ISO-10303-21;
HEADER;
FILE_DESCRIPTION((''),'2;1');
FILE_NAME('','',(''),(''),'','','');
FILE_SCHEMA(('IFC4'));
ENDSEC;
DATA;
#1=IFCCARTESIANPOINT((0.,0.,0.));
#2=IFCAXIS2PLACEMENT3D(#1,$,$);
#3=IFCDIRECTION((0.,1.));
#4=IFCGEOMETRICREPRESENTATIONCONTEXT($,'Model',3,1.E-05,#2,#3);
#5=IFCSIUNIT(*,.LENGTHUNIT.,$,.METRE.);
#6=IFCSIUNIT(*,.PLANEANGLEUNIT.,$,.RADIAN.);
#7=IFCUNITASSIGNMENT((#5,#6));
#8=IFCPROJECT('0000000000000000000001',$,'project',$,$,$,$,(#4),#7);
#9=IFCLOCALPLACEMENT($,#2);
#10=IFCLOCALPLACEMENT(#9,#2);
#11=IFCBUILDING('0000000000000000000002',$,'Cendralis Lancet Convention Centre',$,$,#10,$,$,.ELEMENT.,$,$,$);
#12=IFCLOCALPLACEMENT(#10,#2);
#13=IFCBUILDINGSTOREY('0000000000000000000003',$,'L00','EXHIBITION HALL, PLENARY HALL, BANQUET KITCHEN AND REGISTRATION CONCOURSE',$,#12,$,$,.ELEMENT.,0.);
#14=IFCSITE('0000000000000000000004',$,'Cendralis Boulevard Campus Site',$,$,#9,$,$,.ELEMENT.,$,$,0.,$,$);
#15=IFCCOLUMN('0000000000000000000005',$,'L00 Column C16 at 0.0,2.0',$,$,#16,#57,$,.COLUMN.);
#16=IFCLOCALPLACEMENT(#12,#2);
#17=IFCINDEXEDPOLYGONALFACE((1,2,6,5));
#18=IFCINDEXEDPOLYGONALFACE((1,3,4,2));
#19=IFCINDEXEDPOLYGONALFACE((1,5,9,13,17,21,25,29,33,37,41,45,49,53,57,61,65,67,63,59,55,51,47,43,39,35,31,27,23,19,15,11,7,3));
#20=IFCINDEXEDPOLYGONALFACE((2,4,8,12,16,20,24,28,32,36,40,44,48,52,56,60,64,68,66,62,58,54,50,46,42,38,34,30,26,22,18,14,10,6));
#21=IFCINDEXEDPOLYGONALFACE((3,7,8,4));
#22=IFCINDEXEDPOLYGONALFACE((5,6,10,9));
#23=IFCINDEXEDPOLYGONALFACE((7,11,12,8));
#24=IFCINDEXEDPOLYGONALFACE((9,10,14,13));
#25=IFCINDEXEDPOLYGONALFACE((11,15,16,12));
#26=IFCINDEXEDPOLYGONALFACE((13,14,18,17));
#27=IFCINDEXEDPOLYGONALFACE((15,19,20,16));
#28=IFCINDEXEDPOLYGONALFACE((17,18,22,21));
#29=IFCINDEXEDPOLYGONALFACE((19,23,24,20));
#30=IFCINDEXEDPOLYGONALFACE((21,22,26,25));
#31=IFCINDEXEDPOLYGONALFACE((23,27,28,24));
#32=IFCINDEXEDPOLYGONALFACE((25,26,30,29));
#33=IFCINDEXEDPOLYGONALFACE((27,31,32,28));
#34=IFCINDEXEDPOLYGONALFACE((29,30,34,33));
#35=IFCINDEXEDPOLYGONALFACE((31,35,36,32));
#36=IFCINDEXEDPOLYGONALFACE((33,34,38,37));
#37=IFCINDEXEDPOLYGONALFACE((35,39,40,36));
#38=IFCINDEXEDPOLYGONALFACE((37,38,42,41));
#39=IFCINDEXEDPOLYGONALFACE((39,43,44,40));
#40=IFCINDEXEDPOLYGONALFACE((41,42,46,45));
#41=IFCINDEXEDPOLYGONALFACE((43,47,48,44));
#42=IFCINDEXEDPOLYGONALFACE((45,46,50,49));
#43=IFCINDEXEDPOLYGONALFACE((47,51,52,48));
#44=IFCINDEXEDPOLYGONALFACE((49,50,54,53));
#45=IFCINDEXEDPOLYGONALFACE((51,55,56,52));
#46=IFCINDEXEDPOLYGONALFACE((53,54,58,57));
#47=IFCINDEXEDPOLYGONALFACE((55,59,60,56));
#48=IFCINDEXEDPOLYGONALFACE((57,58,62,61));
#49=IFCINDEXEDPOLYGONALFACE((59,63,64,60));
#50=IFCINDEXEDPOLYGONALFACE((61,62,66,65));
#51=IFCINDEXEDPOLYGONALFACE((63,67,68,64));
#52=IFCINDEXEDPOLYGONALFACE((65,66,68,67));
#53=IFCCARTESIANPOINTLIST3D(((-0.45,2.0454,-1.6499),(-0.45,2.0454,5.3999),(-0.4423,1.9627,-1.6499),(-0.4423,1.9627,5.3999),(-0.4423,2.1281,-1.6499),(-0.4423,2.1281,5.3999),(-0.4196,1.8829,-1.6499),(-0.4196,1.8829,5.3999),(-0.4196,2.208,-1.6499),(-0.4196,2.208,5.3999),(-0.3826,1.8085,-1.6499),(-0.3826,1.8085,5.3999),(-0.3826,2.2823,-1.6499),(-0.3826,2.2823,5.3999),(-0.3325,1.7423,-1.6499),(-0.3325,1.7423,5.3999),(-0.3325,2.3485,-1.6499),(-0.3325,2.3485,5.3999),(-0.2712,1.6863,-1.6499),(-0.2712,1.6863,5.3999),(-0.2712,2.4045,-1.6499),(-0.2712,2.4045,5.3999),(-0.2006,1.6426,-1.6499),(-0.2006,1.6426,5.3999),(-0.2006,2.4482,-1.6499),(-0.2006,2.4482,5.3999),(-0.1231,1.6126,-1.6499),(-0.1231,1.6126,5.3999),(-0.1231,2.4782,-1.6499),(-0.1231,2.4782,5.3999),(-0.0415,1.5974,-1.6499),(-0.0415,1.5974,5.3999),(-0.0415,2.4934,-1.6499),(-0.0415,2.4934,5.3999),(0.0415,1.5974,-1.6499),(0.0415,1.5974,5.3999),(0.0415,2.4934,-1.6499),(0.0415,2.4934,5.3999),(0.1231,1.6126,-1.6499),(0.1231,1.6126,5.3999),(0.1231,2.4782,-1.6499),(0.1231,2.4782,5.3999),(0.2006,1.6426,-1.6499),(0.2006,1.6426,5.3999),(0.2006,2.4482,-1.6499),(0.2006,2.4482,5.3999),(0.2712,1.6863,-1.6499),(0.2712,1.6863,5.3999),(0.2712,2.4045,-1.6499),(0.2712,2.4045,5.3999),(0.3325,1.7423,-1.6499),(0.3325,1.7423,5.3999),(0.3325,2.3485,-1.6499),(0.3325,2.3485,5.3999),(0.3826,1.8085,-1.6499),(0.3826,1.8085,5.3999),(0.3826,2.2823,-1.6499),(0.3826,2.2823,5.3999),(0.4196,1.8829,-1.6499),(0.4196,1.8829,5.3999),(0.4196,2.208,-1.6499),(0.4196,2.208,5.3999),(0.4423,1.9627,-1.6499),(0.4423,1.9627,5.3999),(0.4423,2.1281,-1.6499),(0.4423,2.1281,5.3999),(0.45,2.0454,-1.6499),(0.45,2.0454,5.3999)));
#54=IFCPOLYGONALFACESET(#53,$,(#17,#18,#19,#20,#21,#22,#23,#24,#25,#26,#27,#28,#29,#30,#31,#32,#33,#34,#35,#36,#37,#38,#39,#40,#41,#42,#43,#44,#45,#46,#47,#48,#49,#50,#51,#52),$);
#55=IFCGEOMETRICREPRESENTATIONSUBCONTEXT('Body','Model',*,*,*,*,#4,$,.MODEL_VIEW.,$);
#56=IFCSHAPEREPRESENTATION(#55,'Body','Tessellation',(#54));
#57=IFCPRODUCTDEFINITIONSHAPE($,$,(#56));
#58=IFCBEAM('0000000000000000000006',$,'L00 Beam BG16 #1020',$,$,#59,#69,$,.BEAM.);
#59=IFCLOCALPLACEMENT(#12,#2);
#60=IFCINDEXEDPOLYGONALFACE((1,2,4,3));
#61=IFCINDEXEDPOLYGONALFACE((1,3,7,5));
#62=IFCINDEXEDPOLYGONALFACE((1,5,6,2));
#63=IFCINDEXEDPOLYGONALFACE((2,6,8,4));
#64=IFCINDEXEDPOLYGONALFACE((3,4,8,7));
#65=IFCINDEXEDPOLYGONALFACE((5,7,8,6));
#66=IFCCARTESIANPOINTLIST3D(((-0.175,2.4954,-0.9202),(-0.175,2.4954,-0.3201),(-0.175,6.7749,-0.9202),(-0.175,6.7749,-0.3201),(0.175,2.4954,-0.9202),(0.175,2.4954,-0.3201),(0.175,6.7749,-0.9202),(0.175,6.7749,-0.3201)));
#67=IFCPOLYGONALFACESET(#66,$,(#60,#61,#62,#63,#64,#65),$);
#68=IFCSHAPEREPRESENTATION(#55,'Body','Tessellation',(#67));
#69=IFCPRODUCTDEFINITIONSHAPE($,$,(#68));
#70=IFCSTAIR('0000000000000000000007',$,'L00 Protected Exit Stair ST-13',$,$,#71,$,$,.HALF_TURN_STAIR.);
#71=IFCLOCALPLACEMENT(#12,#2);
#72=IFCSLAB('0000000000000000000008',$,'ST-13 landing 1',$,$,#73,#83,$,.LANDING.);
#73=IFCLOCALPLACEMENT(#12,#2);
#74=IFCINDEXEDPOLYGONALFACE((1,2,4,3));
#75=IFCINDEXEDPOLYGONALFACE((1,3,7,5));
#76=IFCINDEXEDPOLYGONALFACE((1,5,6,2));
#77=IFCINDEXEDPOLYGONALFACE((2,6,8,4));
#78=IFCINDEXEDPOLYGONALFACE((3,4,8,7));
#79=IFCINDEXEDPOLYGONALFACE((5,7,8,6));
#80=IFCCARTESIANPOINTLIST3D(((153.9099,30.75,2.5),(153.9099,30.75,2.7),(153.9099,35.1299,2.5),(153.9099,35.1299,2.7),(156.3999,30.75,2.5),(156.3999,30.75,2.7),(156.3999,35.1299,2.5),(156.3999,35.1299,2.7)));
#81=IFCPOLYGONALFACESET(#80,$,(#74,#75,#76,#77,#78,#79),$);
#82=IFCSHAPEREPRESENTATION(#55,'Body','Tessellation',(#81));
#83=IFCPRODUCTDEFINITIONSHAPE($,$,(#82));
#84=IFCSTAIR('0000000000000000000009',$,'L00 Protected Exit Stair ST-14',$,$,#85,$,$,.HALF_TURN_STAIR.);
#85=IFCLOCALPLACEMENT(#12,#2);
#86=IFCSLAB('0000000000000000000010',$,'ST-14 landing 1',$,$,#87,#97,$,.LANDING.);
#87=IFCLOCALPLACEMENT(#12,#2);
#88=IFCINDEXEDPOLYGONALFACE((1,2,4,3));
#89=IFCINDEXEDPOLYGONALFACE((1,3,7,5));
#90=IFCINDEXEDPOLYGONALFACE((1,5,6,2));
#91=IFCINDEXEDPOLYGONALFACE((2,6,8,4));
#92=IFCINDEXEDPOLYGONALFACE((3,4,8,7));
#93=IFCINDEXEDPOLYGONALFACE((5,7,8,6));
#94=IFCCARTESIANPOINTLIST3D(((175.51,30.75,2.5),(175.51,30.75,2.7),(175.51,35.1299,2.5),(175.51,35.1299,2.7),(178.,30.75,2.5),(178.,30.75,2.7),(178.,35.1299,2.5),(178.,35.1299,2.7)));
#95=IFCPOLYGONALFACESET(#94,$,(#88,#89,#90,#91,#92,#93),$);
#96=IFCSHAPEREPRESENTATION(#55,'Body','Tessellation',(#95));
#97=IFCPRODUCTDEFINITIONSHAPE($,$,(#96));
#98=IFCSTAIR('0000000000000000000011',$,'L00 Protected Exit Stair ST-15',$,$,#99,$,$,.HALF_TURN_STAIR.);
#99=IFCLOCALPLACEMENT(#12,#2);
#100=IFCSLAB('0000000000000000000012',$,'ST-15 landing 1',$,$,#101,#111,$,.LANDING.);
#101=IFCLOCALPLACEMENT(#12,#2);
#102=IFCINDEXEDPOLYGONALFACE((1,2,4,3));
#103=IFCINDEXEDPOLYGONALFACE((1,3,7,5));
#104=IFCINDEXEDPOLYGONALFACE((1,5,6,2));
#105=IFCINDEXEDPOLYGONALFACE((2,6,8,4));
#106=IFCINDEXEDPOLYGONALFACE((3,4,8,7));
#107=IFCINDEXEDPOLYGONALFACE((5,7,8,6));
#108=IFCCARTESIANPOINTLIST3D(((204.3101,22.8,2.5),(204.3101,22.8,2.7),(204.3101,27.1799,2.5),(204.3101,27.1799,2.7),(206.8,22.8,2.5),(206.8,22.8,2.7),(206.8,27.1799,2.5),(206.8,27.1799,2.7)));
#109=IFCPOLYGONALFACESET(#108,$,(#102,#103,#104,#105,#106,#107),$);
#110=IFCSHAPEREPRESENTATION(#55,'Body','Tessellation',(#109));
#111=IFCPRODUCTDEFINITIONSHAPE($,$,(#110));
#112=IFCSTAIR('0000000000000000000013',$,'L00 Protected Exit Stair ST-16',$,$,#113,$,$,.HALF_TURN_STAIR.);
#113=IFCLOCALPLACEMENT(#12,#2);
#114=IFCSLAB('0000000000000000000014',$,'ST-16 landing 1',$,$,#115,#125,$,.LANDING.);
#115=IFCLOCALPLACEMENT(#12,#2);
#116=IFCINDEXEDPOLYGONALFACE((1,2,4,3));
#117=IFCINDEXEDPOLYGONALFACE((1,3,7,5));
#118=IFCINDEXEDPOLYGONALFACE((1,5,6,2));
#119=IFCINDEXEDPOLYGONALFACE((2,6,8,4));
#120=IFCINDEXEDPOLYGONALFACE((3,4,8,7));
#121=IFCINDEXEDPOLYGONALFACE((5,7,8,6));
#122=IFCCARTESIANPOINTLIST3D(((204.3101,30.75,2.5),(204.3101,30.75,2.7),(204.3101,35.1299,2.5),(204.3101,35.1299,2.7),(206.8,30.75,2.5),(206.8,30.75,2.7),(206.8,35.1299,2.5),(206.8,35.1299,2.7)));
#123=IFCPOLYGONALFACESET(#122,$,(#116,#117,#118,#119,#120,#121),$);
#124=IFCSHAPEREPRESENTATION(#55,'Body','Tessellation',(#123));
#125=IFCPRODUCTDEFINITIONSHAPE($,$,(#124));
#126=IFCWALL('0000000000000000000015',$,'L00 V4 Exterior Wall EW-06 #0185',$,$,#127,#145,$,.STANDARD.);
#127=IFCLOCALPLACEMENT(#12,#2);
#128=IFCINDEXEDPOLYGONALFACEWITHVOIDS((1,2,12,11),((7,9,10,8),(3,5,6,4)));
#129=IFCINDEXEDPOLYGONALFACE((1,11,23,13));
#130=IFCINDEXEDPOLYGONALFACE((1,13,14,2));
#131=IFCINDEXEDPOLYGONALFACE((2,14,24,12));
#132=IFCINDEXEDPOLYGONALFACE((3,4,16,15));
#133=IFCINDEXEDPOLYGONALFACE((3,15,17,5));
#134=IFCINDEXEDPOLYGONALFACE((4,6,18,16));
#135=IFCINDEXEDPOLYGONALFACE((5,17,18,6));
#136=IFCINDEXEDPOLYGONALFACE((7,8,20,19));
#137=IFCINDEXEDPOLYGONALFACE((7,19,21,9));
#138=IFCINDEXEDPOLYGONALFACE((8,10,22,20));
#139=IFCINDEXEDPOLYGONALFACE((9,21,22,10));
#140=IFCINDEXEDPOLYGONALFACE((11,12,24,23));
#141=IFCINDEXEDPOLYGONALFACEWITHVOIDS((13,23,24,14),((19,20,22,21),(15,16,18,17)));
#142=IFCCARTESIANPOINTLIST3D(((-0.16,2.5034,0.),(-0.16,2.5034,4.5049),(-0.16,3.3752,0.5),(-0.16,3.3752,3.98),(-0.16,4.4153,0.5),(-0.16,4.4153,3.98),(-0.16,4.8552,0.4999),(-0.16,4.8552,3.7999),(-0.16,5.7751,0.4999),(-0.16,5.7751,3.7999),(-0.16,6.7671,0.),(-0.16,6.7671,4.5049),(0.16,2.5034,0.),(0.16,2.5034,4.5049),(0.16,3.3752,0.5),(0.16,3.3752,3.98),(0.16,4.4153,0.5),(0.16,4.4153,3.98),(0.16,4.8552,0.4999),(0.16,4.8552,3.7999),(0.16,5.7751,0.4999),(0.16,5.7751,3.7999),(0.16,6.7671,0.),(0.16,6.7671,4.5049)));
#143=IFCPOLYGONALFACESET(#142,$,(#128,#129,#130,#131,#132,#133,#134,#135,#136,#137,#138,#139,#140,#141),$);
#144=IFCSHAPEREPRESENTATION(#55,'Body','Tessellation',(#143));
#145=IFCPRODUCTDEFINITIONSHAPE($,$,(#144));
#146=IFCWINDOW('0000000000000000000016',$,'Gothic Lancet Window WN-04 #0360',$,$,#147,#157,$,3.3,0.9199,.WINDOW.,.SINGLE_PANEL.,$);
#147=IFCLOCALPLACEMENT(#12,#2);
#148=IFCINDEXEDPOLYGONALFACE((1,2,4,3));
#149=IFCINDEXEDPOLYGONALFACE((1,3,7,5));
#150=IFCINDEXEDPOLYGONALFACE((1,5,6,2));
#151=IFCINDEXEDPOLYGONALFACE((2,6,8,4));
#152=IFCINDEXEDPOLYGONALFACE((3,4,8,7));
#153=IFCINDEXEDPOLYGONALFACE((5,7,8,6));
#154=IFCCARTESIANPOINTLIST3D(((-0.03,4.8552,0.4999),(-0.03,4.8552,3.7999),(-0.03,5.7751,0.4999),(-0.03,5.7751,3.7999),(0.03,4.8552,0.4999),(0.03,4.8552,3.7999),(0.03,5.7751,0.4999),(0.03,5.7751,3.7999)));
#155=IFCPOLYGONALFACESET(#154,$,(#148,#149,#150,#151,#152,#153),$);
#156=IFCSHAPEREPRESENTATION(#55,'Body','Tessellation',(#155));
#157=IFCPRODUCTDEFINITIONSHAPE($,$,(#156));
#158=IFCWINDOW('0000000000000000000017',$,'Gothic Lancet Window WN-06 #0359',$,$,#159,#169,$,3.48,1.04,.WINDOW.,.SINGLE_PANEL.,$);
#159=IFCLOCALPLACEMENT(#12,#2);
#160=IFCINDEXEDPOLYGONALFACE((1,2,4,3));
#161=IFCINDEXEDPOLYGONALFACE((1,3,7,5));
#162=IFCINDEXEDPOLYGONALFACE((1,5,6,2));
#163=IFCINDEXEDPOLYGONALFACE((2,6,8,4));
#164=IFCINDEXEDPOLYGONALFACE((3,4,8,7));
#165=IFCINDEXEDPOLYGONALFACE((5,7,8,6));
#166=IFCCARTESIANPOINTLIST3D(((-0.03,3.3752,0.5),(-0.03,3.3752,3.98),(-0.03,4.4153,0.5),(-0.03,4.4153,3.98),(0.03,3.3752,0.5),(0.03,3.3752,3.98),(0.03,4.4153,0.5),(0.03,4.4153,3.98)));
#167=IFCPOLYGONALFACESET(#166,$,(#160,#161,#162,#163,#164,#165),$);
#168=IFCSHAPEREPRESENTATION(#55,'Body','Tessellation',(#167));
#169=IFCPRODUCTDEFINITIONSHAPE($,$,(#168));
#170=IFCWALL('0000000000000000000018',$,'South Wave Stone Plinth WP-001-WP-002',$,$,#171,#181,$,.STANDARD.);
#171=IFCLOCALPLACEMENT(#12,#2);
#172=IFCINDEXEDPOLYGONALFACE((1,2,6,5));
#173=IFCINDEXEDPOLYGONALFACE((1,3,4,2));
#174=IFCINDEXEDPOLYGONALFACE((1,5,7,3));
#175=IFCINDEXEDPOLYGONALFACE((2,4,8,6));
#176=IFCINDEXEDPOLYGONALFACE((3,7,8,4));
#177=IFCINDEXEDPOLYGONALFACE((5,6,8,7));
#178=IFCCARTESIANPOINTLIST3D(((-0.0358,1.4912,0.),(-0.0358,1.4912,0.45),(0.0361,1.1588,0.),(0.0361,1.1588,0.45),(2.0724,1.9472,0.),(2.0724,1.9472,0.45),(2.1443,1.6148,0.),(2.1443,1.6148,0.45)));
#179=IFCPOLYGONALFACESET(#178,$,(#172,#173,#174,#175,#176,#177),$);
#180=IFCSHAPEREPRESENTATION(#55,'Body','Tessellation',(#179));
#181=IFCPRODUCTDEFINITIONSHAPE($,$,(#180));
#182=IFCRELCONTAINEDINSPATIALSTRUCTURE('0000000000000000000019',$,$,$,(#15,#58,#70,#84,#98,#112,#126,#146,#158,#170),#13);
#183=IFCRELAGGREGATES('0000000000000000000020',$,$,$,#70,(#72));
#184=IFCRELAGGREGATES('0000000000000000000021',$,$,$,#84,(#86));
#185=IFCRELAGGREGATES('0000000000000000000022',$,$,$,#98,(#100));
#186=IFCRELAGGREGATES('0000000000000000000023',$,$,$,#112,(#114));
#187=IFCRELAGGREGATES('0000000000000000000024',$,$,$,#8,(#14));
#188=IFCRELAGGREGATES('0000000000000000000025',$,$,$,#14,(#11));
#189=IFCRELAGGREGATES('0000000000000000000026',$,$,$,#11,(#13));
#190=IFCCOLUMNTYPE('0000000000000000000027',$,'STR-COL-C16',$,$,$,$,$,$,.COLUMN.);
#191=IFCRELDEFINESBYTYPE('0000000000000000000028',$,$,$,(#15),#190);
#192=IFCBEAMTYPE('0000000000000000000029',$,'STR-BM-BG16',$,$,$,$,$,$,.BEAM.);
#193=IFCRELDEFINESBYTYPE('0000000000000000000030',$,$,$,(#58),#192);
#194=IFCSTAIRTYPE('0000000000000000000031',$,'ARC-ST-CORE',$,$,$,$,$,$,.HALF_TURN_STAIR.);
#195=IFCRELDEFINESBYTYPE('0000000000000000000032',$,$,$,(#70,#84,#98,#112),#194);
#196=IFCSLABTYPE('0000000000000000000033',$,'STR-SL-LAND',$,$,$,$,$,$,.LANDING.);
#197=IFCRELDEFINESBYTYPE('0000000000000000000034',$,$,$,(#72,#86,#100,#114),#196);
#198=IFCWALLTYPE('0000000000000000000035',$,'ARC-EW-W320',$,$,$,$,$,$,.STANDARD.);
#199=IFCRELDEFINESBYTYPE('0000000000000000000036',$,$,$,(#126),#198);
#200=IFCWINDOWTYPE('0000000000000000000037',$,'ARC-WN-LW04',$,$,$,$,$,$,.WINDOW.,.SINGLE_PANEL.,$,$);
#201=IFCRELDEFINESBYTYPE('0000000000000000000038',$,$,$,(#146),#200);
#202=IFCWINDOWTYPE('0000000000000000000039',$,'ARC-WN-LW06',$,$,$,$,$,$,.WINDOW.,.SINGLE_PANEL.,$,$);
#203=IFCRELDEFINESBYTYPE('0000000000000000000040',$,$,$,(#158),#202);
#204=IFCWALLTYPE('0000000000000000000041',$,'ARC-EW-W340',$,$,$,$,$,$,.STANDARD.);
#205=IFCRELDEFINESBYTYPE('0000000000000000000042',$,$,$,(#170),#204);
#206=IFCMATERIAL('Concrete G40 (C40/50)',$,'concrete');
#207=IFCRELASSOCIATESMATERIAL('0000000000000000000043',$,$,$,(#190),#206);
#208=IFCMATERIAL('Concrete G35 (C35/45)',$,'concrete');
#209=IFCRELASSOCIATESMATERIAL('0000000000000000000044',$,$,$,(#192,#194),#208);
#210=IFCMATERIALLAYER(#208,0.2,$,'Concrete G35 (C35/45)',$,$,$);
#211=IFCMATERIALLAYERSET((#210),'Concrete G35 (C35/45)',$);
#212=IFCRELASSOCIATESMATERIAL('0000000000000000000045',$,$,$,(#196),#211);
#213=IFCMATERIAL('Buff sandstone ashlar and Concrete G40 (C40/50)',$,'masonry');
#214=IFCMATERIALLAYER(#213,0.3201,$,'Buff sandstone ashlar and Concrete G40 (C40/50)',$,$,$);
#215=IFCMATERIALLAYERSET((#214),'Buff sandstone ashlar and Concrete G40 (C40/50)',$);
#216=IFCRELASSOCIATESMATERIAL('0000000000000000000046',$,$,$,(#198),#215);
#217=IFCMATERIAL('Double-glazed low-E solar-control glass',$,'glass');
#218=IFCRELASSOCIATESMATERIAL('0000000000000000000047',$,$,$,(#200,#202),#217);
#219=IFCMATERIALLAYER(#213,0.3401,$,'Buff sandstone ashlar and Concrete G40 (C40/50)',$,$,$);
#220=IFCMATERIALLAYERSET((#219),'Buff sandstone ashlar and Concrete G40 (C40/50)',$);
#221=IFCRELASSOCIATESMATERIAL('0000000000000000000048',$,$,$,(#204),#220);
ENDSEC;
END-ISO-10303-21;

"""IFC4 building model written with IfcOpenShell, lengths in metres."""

from ifc_helpers import new_model, si_unit, direction, frame, frame_2d, origin, origin_2d, place, context, subcontext, project, spatial, polyline, rectangle, circle, outline, extrude, material, layer, layer_set, material_profile, profile_set, type_object, element, fill, aggregate, save


model = new_model("IFC4")

# Units and contexts
model_context = context("Model", 3, precision=1e-05, world=origin(), true_north=direction((0.0, 1.0)))
body_context = subcontext(model_context, "Body", "Model", "MODEL_VIEW")
ifc_project = project(units=[si_unit("LENGTHUNIT", "METRE"), si_unit("PLANEANGLEUNIT", "RADIAN")], contexts=[model_context])

# Site, building, storey
site_placement = place(None, origin())
site = spatial("IfcSite", under=ifc_project, at=site_placement, Name="Cendralis Boulevard Campus Site", CompositionType="ELEMENT", RefElevation=0.0)
building_placement = place(site_placement, origin())
building = spatial("IfcBuilding", under=site, at=building_placement, Name="Cendralis Lancet Convention Centre", CompositionType="ELEMENT")
storey_placement = place(building_placement, origin())
storey = spatial("IfcBuildingStorey", under=building, at=storey_placement, Name="L00", Description="EXHIBITION HALL, PLENARY HALL, BANQUET KITCHEN AND REGISTRATION CONCOURSE", CompositionType="ELEMENT", Elevation=0.0)

# Shared definitions
ifc_material_1 = material(Name="Concrete G35 (C35/45)", Category="concrete")

# Column
ifc_material_2 = material(Name="Concrete G40 (C40/50)", Category="concrete")
ifc_material_profile_1 = material_profile(ifc_material_2, circle(Radius=0.45, at=origin_2d()), Name="RC D900")
ifc_profile_set_1 = profile_set([ifc_material_profile_1], Name="Concrete G40 (C40/50)")
column_type_1 = type_object("IfcColumnType", Name="STR-COL-C16", PredefinedType="COLUMN", material=ifc_profile_set_1)
column_1_placement = place(storey_placement, frame((0.0, 2.0454, -1.6499), z_axis=(0.0, 0.0, 1.0), x_axis=(1.0, 0.0, 0.0)))
element("IfcColumn", 1, at=column_1_placement, inside=storey, type_object=column_type_1, Name="L00 Column C16 at 0.0,2.0", PredefinedType="COLUMN", context=body_context, shape_type="SweptSolid", body=[
    extrude(circle(Radius=0.45, at=origin_2d()), origin(), (0.0, 0.0, 1.0), 7.0498),
])

# Beam
ifc_material_profile_2 = material_profile(ifc_material_1, rectangle(XDim=0.3501, YDim=0.6001, at=origin_2d()), Name="RCB 350x600")
ifc_profile_set_2 = profile_set([ifc_material_profile_2], Name="Concrete G35 (C35/45)")
beam_type = type_object("IfcBeamType", Name="STR-BM-BG16", PredefinedType="BEAM", material=ifc_profile_set_2)
beam_placement = place(storey_placement, frame((0.0, 2.4954, -0.6201), z_axis=(0.0, 1.0, 0.0), x_axis=(-1.0, 0.0, 0.0)))
element("IfcBeam", 2, at=beam_placement, inside=storey, type_object=beam_type, Name="L00 Beam BG16 #1020", PredefinedType="BEAM", context=body_context, shape_type="SweptSolid", body=[
    extrude(rectangle(XDim=0.3501, YDim=0.6001, at=origin_2d()), origin(), (0.0, 0.0, 1.0), 4.2795),
])

# Stairs, slabs
stair_type = type_object("IfcStairType", Name="ARC-ST-CORE", PredefinedType="HALF_TURN_STAIR", material=ifc_material_1)
stair_1_placement = place(storey_placement, origin())
stair_1 = element("IfcStair", 3, at=stair_1_placement, inside=storey, type_object=stair_type, Name="L00 Protected Exit Stair ST-13", PredefinedType="HALF_TURN_STAIR")
ifc_layer_1 = layer(ifc_material_1, 0.2, Name="Concrete G35 (C35/45)")
ifc_layer_set_1 = layer_set([ifc_layer_1], Name="Concrete G35 (C35/45)")
slab_type = type_object("IfcSlabType", Name="STR-SL-LAND", PredefinedType="LANDING", material=ifc_layer_set_1)
slab_1_placement = place(storey_placement, frame((0.0, 0.0, 2.5)))
slab_1 = element("IfcSlab", 4, at=slab_1_placement, type_object=slab_type, Name="ST-13 landing 1", PredefinedType="LANDING", context=body_context, shape_type="SweptSolid", body=[
    extrude(outline(polyline([(153.9099, 30.75), (156.3999, 30.75), (156.3999, 35.1299), (153.9099, 35.1299), (153.9099, 30.75)])), origin(), (0.0, 0.0, 1.0), 0.2),
])
aggregate(stair_1, [slab_1])
stair_2_placement = place(storey_placement, origin())
stair_2 = element("IfcStair", 5, at=stair_2_placement, inside=storey, type_object=stair_type, Name="L00 Protected Exit Stair ST-14", PredefinedType="HALF_TURN_STAIR")
slab_2_placement = place(storey_placement, frame((0.0, 0.0, 2.5)))
slab_2 = element("IfcSlab", 6, at=slab_2_placement, type_object=slab_type, Name="ST-14 landing 1", PredefinedType="LANDING", context=body_context, shape_type="SweptSolid", body=[
    extrude(outline(polyline([(175.51, 30.75), (178.0, 30.75), (178.0, 35.1299), (175.51, 35.1299), (175.51, 30.75)])), origin(), (0.0, 0.0, 1.0), 0.2),
])
aggregate(stair_2, [slab_2])
stair_3_placement = place(storey_placement, origin())
stair_3 = element("IfcStair", 7, at=stair_3_placement, inside=storey, type_object=stair_type, Name="L00 Protected Exit Stair ST-15", PredefinedType="HALF_TURN_STAIR")
slab_3_placement = place(storey_placement, frame((0.0, 0.0, 2.5)))
slab_3 = element("IfcSlab", 8, at=slab_3_placement, type_object=slab_type, Name="ST-15 landing 1", PredefinedType="LANDING", context=body_context, shape_type="SweptSolid", body=[
    extrude(outline(polyline([(204.3101, 22.8), (206.8, 22.8), (206.8, 27.1799), (204.3101, 27.1799), (204.3101, 22.8)])), origin(), (0.0, 0.0, 1.0), 0.2),
])
aggregate(stair_3, [slab_3])
stair_4_placement = place(storey_placement, origin())
stair_4 = element("IfcStair", 9, at=stair_4_placement, inside=storey, type_object=stair_type, Name="L00 Protected Exit Stair ST-16", PredefinedType="HALF_TURN_STAIR")
slab_4_placement = place(storey_placement, frame((0.0, 0.0, 2.5)))
slab_4 = element("IfcSlab", 10, at=slab_4_placement, type_object=slab_type, Name="ST-16 landing 1", PredefinedType="LANDING", context=body_context, shape_type="SweptSolid", body=[
    extrude(outline(polyline([(204.3101, 30.75), (206.8, 30.75), (206.8, 35.1299), (204.3101, 35.1299), (204.3101, 30.75)])), origin(), (0.0, 0.0, 1.0), 0.2),
])
aggregate(stair_4, [slab_4])

# Wall, openings, windows
ifc_material_3 = material(Name="Buff sandstone ashlar and Concrete G40 (C40/50)", Category="masonry")
ifc_layer_2 = layer(ifc_material_3, 0.3201, Name="Buff sandstone ashlar and Concrete G40 (C40/50)")
ifc_layer_set_2 = layer_set([ifc_layer_2], Name="Buff sandstone ashlar and Concrete G40 (C40/50)")
wall_type_1 = type_object("IfcWallType", Name="ARC-EW-W320", PredefinedType="STANDARD", material=ifc_layer_set_2)
wall_1_placement = place(storey_placement, frame((0.0, 2.5034, 0.0), z_axis=(0.0, 0.0, 1.0), x_axis=(0.0, 1.0, 0.0)))
wall_1 = element("IfcWall", 11, at=wall_1_placement, inside=storey, type_object=wall_type_1, Name="L00 V4 Exterior Wall EW-06 #0185", PredefinedType="STANDARD", context=body_context, shape_type="SweptSolid", body=[
    extrude(rectangle(XDim=4.2637, YDim=0.3201, at=frame_2d((2.1318, 0.0))), origin(), (0.0, 0.0, 1.0), 4.5049),
])
opening_1_placement = place(wall_1_placement, frame((0.8718, 0.0, 0.5)))
opening_1 = element("IfcOpeningElement", 12, at=opening_1_placement, cuts=wall_1, PredefinedType="OPENING", context=body_context, shape_type="SweptSolid", body=[
    extrude(rectangle(XDim=1.04, YDim=3.48, at=frame_2d((0.52, 1.74))), frame((0.0, 0.1699, 0.0), z_axis=(0.0, -1.0, 0.0), x_axis=(1.0, 0.0, 0.0)), (0.0, 0.0, 1.0), 0.3401),
])
opening_2_placement = place(wall_1_placement, frame((2.3518, 0.0, 0.5)))
opening_2 = element("IfcOpeningElement", 13, at=opening_2_placement, cuts=wall_1, PredefinedType="OPENING", context=body_context, shape_type="SweptSolid", body=[
    extrude(rectangle(XDim=0.9199, YDim=3.3, at=frame_2d((0.46, 1.6499))), frame((0.0, 0.1699, 0.0), z_axis=(0.0, -1.0, 0.0), x_axis=(1.0, 0.0, 0.0)), (0.0, 0.0, 1.0), 0.3401),
])
ifc_material_4 = material(Name="Double-glazed low-E solar-control glass", Category="glass")
window_type_1 = type_object("IfcWindowType", Name="ARC-WN-LW04", PartitioningType="SINGLE_PANEL", PredefinedType="WINDOW", material=ifc_material_4)
window_1_placement = place(opening_2_placement, origin())
window_1 = element("IfcWindow", 14, at=window_1_placement, inside=storey, type_object=window_type_1, Name="Gothic Lancet Window WN-04 #0360", OverallHeight=3.3, OverallWidth=0.9199, PartitioningType="SINGLE_PANEL", PredefinedType="WINDOW", context=body_context, shape_type="SweptSolid", body=[
    extrude(rectangle(XDim=0.9199, YDim=3.3, at=frame_2d((0.46, 1.6499))), frame((0.0, 0.03, 0.0), z_axis=(0.0, -1.0, 0.0), x_axis=(1.0, 0.0, 0.0)), (0.0, 0.0, 1.0), 0.0601),
])
fill(opening_2, window_1)
window_type_2 = type_object("IfcWindowType", Name="ARC-WN-LW06", PartitioningType="SINGLE_PANEL", PredefinedType="WINDOW", material=ifc_material_4)
window_2_placement = place(opening_1_placement, origin())
window_2 = element("IfcWindow", 15, at=window_2_placement, inside=storey, type_object=window_type_2, Name="Gothic Lancet Window WN-06 #0359", OverallHeight=3.48, OverallWidth=1.04, PartitioningType="SINGLE_PANEL", PredefinedType="WINDOW", context=body_context, shape_type="SweptSolid", body=[
    extrude(rectangle(XDim=1.04, YDim=3.48, at=frame_2d((0.52, 1.74))), frame((0.0, 0.03, 0.0), z_axis=(0.0, -1.0, 0.0), x_axis=(1.0, 0.0, 0.0)), (0.0, 0.0, 1.0), 0.0601),
])
fill(opening_1, window_2)

# Wall
ifc_layer_3 = layer(ifc_material_3, 0.3401, Name="Buff sandstone ashlar and Concrete G40 (C40/50)")
ifc_layer_set_3 = layer_set([ifc_layer_3], Name="Buff sandstone ashlar and Concrete G40 (C40/50)")
wall_type_2 = type_object("IfcWallType", Name="ARC-EW-W340", PredefinedType="STANDARD", material=ifc_layer_set_3)
wall_2_placement = place(storey_placement, frame((0.0, 1.325, 0.0), z_axis=(0.0, 0.0, 1.0), x_axis=(0.977391, 0.211438, 0.0)))
element("IfcWall", 16, at=wall_2_placement, inside=storey, type_object=wall_type_2, Name="South Wave Stone Plinth WP-001-WP-002", PredefinedType="STANDARD", context=body_context, shape_type="SweptSolid", body=[
    extrude(rectangle(XDim=2.157, YDim=0.3401, at=frame_2d((1.0786, 0.0))), origin(), (0.0, 0.0, 1.0), 0.45),
])

save(model, "model.ifc")
